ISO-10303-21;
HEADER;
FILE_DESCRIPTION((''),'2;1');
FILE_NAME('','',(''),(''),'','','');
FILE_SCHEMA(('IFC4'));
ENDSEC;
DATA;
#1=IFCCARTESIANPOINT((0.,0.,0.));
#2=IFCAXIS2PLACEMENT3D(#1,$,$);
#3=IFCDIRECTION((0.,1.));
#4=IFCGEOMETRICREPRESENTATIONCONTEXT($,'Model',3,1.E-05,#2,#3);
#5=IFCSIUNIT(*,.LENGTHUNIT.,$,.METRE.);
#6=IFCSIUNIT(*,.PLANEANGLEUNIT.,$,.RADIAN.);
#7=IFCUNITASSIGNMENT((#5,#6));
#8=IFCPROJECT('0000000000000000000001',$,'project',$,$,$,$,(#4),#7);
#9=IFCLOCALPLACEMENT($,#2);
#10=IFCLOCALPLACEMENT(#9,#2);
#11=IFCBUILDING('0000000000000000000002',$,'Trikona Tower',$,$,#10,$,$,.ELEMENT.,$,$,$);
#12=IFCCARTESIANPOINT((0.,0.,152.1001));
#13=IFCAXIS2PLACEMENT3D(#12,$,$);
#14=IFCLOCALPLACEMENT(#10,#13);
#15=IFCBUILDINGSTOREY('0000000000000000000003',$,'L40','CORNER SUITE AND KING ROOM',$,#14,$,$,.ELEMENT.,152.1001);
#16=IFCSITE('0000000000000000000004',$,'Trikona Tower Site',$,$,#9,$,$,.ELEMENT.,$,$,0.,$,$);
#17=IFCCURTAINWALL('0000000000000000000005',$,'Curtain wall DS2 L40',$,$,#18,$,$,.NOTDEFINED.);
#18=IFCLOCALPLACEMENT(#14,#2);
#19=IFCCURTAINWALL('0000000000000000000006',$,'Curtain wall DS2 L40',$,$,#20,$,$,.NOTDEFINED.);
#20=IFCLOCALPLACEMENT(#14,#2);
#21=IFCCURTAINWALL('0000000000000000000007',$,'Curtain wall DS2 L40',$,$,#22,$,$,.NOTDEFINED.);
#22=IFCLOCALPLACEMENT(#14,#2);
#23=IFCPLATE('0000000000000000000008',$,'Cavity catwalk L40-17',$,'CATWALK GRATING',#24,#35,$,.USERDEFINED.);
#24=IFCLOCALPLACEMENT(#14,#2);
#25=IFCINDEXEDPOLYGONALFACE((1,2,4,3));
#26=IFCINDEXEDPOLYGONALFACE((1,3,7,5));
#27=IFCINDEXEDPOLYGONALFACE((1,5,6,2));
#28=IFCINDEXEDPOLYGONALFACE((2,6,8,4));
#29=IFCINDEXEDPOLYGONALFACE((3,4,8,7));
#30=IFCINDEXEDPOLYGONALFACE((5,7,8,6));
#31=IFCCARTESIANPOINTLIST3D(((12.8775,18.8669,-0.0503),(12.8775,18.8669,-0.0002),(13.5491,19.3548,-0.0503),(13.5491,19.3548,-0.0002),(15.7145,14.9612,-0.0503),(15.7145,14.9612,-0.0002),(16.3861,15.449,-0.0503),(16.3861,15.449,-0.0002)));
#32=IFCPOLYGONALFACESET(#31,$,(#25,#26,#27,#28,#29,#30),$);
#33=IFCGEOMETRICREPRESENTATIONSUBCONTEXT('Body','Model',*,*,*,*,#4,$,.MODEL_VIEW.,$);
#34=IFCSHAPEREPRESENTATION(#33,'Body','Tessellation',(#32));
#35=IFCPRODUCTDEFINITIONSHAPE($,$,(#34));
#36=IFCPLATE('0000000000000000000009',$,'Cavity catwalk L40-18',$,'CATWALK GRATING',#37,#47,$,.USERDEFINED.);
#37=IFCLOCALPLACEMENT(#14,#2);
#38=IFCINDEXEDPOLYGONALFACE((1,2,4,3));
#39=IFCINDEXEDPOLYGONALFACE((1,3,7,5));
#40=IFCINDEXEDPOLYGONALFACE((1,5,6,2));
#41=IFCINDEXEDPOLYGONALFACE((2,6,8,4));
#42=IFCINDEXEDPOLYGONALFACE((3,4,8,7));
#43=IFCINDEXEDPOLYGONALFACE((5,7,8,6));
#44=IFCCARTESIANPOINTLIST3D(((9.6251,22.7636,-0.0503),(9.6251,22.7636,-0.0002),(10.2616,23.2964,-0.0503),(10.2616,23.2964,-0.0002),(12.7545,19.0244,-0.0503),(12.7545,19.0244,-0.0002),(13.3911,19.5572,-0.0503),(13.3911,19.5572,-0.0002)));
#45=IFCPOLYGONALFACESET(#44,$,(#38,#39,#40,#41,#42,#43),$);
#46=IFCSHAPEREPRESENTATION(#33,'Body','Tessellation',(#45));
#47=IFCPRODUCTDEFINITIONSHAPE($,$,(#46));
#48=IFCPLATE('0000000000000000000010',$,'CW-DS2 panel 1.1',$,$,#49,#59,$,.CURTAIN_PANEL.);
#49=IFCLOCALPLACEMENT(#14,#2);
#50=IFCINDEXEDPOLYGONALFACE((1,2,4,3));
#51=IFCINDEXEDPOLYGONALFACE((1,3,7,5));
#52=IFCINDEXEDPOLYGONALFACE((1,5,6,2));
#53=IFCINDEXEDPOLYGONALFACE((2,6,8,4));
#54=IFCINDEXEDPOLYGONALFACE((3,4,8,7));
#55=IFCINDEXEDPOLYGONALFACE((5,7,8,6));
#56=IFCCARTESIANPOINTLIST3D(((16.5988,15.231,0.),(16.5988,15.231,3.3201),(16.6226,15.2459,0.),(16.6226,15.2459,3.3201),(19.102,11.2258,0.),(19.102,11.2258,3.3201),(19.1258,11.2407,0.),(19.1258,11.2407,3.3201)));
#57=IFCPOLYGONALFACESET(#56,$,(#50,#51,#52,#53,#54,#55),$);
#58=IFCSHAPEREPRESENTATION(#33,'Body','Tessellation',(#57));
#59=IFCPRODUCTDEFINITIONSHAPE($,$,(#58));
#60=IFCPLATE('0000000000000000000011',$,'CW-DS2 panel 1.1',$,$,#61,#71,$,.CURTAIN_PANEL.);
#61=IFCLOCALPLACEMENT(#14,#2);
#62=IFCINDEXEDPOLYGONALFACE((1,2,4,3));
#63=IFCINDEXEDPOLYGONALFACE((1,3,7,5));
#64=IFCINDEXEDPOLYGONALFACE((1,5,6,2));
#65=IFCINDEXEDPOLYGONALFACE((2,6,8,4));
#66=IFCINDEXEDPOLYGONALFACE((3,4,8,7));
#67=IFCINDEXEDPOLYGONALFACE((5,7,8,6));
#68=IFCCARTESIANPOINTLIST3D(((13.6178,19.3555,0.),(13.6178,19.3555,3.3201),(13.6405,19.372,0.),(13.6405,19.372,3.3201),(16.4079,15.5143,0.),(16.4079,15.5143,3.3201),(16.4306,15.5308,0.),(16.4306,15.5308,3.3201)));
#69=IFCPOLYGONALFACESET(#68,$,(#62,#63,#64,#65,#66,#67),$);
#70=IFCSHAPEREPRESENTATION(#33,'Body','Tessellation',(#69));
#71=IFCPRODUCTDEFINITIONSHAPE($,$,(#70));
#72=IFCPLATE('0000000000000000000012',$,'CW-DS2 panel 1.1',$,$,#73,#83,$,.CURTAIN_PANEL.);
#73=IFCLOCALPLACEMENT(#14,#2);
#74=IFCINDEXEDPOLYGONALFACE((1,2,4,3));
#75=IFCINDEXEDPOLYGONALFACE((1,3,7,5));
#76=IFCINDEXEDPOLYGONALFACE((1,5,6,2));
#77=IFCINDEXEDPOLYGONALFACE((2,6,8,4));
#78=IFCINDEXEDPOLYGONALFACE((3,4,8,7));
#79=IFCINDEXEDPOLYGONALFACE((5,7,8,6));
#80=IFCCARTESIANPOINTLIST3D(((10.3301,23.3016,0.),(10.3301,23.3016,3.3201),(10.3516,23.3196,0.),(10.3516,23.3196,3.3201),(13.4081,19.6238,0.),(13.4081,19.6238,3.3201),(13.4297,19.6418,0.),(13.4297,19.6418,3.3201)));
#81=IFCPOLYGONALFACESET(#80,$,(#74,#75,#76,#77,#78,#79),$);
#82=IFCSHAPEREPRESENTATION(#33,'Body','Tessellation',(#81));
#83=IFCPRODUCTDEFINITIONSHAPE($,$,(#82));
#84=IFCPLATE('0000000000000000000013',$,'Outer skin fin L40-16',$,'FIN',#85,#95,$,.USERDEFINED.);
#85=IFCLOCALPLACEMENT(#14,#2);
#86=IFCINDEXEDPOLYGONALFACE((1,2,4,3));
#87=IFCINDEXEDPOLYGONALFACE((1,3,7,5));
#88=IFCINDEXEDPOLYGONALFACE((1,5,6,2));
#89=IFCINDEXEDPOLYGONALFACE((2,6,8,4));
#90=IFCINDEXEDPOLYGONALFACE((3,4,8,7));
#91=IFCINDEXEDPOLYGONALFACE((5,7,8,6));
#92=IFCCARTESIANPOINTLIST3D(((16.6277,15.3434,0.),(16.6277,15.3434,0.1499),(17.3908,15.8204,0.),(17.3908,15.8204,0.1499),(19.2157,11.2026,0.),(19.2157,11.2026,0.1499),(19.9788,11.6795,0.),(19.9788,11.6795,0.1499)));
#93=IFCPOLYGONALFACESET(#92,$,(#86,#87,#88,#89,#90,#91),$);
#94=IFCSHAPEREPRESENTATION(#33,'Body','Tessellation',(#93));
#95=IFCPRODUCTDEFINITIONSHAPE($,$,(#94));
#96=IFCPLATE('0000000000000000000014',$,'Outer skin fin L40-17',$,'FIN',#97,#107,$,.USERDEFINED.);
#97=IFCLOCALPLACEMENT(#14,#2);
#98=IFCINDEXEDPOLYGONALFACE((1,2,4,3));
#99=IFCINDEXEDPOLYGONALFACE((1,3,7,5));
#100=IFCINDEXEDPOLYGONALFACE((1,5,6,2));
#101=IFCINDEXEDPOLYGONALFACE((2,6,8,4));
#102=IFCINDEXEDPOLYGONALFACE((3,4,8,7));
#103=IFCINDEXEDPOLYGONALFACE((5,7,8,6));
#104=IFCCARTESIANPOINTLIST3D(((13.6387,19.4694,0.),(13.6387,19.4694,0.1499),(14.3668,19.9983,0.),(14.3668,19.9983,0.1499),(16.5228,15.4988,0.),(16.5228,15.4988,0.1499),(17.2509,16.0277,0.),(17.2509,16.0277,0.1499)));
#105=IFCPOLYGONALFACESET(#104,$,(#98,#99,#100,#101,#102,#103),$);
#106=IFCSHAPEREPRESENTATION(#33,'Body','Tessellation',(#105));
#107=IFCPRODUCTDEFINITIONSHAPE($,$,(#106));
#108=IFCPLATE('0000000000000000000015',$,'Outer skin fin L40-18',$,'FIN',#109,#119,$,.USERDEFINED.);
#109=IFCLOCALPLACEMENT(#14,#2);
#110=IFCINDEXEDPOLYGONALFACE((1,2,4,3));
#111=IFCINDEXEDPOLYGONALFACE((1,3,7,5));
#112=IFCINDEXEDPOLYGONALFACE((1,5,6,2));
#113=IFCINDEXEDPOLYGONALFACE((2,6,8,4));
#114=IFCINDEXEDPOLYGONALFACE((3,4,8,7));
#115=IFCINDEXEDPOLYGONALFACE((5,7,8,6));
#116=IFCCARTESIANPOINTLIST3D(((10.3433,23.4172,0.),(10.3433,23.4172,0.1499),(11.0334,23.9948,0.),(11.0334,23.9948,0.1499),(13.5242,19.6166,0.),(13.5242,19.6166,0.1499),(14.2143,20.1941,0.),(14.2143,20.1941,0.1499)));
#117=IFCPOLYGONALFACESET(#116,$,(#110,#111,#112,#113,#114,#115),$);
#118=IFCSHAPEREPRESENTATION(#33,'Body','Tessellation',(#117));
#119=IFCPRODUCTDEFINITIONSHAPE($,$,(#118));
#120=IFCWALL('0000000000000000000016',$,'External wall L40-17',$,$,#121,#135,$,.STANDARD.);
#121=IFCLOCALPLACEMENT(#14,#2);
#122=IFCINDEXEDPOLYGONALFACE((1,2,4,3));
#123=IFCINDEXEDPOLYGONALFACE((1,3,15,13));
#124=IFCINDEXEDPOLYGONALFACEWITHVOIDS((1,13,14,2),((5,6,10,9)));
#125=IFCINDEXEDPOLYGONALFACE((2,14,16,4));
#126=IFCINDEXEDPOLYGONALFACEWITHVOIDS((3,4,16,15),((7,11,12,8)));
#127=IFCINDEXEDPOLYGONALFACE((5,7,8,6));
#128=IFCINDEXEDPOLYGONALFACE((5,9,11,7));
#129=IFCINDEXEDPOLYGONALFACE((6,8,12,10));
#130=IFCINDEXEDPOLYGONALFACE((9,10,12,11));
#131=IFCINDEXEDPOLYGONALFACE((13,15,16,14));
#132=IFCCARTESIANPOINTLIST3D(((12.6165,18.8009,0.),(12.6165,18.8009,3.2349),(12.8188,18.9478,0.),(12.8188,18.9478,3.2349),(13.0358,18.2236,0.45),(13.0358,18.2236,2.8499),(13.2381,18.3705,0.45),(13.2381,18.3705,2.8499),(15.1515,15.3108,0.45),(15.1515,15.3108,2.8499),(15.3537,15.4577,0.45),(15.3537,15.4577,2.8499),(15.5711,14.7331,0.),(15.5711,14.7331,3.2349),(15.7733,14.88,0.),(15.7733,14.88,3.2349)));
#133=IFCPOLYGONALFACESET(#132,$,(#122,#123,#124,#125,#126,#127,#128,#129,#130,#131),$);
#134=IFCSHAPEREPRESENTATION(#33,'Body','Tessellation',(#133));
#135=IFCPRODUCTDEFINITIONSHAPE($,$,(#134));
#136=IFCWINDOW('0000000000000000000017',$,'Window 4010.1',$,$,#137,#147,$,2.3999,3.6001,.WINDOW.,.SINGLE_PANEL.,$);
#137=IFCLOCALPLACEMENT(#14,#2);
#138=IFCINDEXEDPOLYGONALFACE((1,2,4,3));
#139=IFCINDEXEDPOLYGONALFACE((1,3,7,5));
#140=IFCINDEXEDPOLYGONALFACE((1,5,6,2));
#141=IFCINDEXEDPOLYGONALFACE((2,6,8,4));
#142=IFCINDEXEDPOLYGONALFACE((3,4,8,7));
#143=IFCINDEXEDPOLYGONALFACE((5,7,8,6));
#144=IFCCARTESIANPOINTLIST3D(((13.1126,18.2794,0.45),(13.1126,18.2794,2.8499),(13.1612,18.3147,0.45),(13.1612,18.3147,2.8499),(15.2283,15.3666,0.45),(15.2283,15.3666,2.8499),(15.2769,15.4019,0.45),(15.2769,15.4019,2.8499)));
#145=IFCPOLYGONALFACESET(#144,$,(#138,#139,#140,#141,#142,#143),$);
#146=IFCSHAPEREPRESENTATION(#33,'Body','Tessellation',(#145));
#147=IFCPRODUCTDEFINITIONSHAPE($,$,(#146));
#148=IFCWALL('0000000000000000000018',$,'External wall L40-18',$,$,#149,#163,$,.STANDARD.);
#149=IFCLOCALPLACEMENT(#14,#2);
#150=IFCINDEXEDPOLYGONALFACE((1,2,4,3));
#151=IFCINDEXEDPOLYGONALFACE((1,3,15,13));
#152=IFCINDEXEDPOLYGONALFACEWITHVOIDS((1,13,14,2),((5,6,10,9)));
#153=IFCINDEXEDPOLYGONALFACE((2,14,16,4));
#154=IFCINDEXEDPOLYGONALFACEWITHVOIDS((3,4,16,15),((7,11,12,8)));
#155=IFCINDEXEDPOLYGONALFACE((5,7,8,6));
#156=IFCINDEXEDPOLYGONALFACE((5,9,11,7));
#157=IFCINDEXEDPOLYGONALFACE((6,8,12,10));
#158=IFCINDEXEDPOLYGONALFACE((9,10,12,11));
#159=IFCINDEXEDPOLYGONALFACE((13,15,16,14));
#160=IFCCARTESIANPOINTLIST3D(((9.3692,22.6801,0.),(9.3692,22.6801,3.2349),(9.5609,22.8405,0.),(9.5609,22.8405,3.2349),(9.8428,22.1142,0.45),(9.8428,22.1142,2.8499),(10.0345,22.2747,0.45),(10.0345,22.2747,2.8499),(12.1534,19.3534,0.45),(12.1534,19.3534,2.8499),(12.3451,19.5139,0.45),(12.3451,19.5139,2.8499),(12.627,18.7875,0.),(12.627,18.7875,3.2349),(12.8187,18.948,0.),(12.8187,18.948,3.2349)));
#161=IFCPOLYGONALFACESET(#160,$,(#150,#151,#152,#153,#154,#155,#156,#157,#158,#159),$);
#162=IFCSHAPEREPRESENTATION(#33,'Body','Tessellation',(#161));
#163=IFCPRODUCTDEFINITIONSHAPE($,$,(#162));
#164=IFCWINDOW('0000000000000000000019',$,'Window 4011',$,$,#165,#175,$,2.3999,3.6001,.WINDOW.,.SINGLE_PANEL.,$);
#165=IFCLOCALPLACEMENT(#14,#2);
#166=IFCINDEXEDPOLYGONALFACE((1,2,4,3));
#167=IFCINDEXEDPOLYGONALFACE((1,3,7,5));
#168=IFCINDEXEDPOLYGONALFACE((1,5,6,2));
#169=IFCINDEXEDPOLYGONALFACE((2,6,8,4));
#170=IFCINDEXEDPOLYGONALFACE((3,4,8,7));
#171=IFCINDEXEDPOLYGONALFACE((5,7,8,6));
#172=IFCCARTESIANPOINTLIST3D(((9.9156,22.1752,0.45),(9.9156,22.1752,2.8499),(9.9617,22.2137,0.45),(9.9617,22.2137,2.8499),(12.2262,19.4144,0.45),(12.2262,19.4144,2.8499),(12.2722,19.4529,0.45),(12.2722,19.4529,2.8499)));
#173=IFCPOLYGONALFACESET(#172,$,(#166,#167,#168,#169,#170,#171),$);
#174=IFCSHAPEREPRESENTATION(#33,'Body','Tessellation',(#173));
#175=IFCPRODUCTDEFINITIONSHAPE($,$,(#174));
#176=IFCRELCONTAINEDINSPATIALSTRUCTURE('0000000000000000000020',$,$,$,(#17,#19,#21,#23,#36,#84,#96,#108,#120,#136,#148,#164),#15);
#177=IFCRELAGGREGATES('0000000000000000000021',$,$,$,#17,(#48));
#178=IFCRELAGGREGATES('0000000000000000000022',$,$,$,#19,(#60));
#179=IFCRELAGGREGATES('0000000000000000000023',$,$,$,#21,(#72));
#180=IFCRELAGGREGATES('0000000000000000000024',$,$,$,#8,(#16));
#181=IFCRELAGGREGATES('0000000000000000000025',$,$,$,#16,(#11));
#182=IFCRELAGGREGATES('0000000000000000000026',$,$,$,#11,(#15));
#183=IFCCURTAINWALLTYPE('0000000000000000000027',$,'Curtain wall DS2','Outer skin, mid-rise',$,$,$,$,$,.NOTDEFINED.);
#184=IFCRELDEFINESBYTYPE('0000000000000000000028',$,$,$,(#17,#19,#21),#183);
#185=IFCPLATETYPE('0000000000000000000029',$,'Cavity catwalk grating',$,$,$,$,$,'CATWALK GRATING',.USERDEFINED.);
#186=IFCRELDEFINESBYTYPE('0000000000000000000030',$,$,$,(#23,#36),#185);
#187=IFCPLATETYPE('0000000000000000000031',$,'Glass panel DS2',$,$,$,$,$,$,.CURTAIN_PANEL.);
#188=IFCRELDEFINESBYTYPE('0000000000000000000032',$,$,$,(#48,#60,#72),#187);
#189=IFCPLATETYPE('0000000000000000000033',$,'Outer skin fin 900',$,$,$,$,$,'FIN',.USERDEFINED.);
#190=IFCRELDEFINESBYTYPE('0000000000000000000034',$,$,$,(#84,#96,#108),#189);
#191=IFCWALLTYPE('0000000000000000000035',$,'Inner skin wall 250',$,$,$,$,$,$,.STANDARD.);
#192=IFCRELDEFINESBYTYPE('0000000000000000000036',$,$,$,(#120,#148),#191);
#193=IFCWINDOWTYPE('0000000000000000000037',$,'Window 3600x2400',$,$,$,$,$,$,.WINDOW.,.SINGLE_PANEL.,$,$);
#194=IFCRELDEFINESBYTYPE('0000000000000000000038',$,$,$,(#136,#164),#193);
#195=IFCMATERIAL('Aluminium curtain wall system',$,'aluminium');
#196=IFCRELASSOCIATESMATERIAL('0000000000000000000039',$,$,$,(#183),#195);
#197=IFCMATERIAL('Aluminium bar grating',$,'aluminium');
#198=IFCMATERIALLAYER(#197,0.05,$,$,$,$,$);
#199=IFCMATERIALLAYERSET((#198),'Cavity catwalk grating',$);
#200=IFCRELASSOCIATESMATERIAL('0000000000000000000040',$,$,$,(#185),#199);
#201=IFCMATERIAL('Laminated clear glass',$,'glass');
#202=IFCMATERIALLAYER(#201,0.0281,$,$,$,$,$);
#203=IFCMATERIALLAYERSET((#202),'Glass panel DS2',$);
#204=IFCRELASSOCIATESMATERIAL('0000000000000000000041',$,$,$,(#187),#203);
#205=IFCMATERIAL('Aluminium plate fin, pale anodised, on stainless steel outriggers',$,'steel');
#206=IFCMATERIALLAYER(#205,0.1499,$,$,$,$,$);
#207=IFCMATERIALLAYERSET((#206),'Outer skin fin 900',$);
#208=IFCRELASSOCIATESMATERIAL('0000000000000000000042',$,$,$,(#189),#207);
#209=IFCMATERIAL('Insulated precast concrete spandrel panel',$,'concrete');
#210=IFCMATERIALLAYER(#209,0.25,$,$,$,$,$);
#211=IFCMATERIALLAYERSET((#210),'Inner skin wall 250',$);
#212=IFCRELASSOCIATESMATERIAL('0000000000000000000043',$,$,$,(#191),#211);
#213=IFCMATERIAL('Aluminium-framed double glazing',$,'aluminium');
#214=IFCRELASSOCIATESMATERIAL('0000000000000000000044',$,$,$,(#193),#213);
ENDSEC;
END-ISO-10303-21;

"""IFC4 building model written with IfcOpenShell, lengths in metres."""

from ifc_helpers import new_model, si_unit, direction, frame, frame_2d, origin, origin_2d, place, context, subcontext, project, spatial, rectangle, extrude, material, layer, layer_set, type_object, element, fill, aggregate, save


model = new_model("IFC4")

# Units and contexts
model_context = context("Model", 3, precision=1e-05, world=origin(), true_north=direction((0.0, 1.0)))
body_context = subcontext(model_context, "Body", "Model", "MODEL_VIEW")
ifc_project = project(units=[si_unit("LENGTHUNIT", "METRE"), si_unit("PLANEANGLEUNIT", "RADIAN")], contexts=[model_context])

# Site, building, storey
site_placement = place(None, origin())
site = spatial("IfcSite", under=ifc_project, at=site_placement, Name="Trikona Tower Site", CompositionType="ELEMENT", RefElevation=0.0)
building_placement = place(site_placement, origin())
building = spatial("IfcBuilding", under=site, at=building_placement, Name="Trikona Tower", CompositionType="ELEMENT")
storey_placement = place(building_placement, frame((0.0, 0.0, 152.1001)))
storey = spatial("IfcBuildingStorey", under=building, at=storey_placement, Name="L40", Description="CORNER SUITE AND KING ROOM", CompositionType="ELEMENT", Elevation=152.1001)

# Curtain wall
ifc_material_1 = material(Name="Aluminium curtain wall system", Category="aluminium")
curtain_wall_type = type_object("IfcCurtainWallType", Name="Curtain wall DS2", Description="Outer skin, mid-rise", PredefinedType="NOTDEFINED", material=ifc_material_1)
curtain_wall_1_placement = place(storey_placement, origin())
curtain_wall_1 = element("IfcCurtainWall", 1, at=curtain_wall_1_placement, inside=storey, type_object=curtain_wall_type, Name="Curtain wall DS2 L40", PredefinedType="NOTDEFINED")

# Curtain walls
curtain_wall_2_placement = place(storey_placement, origin())
curtain_wall_2 = element("IfcCurtainWall", 2, at=curtain_wall_2_placement, inside=storey, type_object=curtain_wall_type, Name="Curtain wall DS2 L40", PredefinedType="NOTDEFINED")
curtain_wall_3_placement = place(storey_placement, origin())
curtain_wall_3 = element("IfcCurtainWall", 3, at=curtain_wall_3_placement, inside=storey, type_object=curtain_wall_type, Name="Curtain wall DS2 L40", PredefinedType="NOTDEFINED")

# Plates
ifc_material_2 = material(Name="Aluminium bar grating", Category="aluminium")
ifc_layer_1 = layer(ifc_material_2, 0.05)
ifc_layer_set_1 = layer_set([ifc_layer_1], Name="Cavity catwalk grating")
plate_type_1 = type_object("IfcPlateType", Name="Cavity catwalk grating", ElementType="CATWALK GRATING", PredefinedType="USERDEFINED", material=ifc_layer_set_1)
plate_1_placement = place(storey_placement, frame((14.6318, 17.158, -0.0503), z_axis=(0.0, 0.0, 1.0), x_axis=(-0.587686, 0.809089, 0.0)))
element("IfcPlate", 4, at=plate_1_placement, inside=storey, type_object=plate_type_1, Name="Cavity catwalk L40-17", ObjectType="CATWALK GRATING", PredefinedType="USERDEFINED", context=body_context, shape_type="SweptSolid", body=[
    extrude(rectangle(XDim=4.8274, YDim=0.8301, at=origin_2d()), origin(), (0.0, 0.0, 1.0), 0.05),
])
plate_2_placement = place(storey_placement, frame((11.5081, 21.1604, -0.0503), z_axis=(0.0, 0.0, 1.0), x_axis=(-0.641807, 0.766866, 0.0)))
element("IfcPlate", 5, at=plate_2_placement, inside=storey, type_object=plate_type_1, Name="Cavity catwalk L40-18", ObjectType="CATWALK GRATING", PredefinedType="USERDEFINED", context=body_context, shape_type="SweptSolid", body=[
    extrude(rectangle(XDim=4.876, YDim=0.8301, at=origin_2d()), origin(), (0.0, 0.0, 1.0), 0.05),
])

# Plates
ifc_material_3 = material(Name="Laminated clear glass", Category="glass")
ifc_layer_2 = layer(ifc_material_3, 0.0281)
ifc_layer_set_2 = layer_set([ifc_layer_2], Name="Glass panel DS2")
plate_type_2 = type_object("IfcPlateType", Name="Glass panel DS2", PredefinedType="CURTAIN_PANEL", material=ifc_layer_set_2)
plate_3_placement = place(storey_placement, frame((17.8623, 13.2358, 0.0), z_axis=(0.0, 0.0, 1.0), x_axis=(-0.529999, 0.847998, 0.0)))
plate_3 = element("IfcPlate", 6, at=plate_3_placement, type_object=plate_type_2, Name="CW-DS2 panel 1.1", PredefinedType="CURTAIN_PANEL", context=body_context, shape_type="SweptSolid", body=[
    extrude(rectangle(XDim=4.7231, YDim=0.0281, at=origin_2d()), origin(), (0.0, 0.0, 1.0), 3.3201),
])
aggregate(curtain_wall_1, [plate_3])
plate_4_placement = place(storey_placement, frame((15.0242, 17.4431, 0.0), z_axis=(0.0, 0.0, 1.0), x_axis=(-0.587691, 0.809086, 0.0)))
plate_4 = element("IfcPlate", 7, at=plate_4_placement, type_object=plate_type_2, Name="CW-DS2 panel 1.1", PredefinedType="CURTAIN_PANEL", context=body_context, shape_type="SweptSolid", body=[
    extrude(rectangle(XDim=4.7476, YDim=0.0281, at=origin_2d()), origin(), (0.0, 0.0, 1.0), 3.3201),
])
aggregate(curtain_wall_2, [plate_4])
plate_5_placement = place(storey_placement, frame((11.8799, 21.4717, 0.0), z_axis=(0.0, 0.0, 1.0), x_axis=(-0.641806, 0.766867, 0.0)))
plate_5 = element("IfcPlate", 8, at=plate_5_placement, type_object=plate_type_2, Name="CW-DS2 panel 1.1", PredefinedType="CURTAIN_PANEL", context=body_context, shape_type="SweptSolid", body=[
    extrude(rectangle(XDim=4.7959, YDim=0.0281, at=origin_2d()), origin(), (0.0, 0.0, 1.0), 3.3201),
])
aggregate(curtain_wall_3, [plate_5])

# Plates
ifc_material_4 = material(Name="Aluminium plate fin, pale anodised, on stainless steel outriggers", Category="steel")
ifc_layer_3 = layer(ifc_material_4, 0.1499)
ifc_layer_set_3 = layer_set([ifc_layer_3], Name="Outer skin fin 900")
plate_type_3 = type_object("IfcPlateType", Name="Outer skin fin 900", ElementType="FIN", PredefinedType="USERDEFINED", material=ifc_layer_set_3)
plate_6_placement = place(storey_placement, frame((18.3032, 13.5115, 0.0), z_axis=(0.0, 0.0, 1.0), x_axis=(-0.529995, 0.848001, 0.0)))
element("IfcPlate", 9, at=plate_6_placement, inside=storey, type_object=plate_type_3, Name="Outer skin fin L40-16", ObjectType="FIN", PredefinedType="USERDEFINED", context=body_context, shape_type="SweptSolid", body=[
    extrude(rectangle(XDim=4.8831, YDim=0.8999, at=origin_2d()), origin(), (0.0, 0.0, 1.0), 0.1499),
])
plate_7_placement = place(storey_placement, frame((15.4448, 17.7485, 0.0), z_axis=(0.0, 0.0, 1.0), x_axis=(-0.587686, 0.809089, 0.0)))
element("IfcPlate", 10, at=plate_7_placement, inside=storey, type_object=plate_type_3, Name="Outer skin fin L40-17", ObjectType="FIN", PredefinedType="USERDEFINED", context=body_context, shape_type="SweptSolid", body=[
    extrude(rectangle(XDim=4.9075, YDim=0.8999, at=origin_2d()), origin(), (0.0, 0.0, 1.0), 0.1499),
])
plate_8_placement = place(storey_placement, frame((12.2788, 21.8057, 0.0), z_axis=(0.0, 0.0, 1.0), x_axis=(-0.641807, 0.766866, 0.0)))
element("IfcPlate", 11, at=plate_8_placement, inside=storey, type_object=plate_type_3, Name="Outer skin fin L40-18", ObjectType="FIN", PredefinedType="USERDEFINED", context=body_context, shape_type="SweptSolid", body=[
    extrude(rectangle(XDim=4.9561, YDim=0.8999, at=origin_2d()), origin(), (0.0, 0.0, 1.0), 0.1499),
])

# Walls, openings, windows
ifc_material_5 = material(Name="Insulated precast concrete spandrel panel", Category="concrete")
ifc_layer_4 = layer(ifc_material_5, 0.25)
ifc_layer_set_4 = layer_set([ifc_layer_4], Name="Inner skin wall 250")
wall_type = type_object("IfcWallType", Name="Inner skin wall 250", PredefinedType="STANDARD", material=ifc_layer_set_4)
wall_1_placement = place(storey_placement, frame((15.6721, 14.8066, 0.0), z_axis=(0.0, 0.0, 1.0), x_axis=(-0.587669, 0.809101, 0.0)))
wall_1 = element("IfcWall", 12, at=wall_1_placement, inside=storey, type_object=wall_type, Name="External wall L40-17", PredefinedType="STANDARD", context=body_context, shape_type="SweptSolid", body=[
    extrude(rectangle(XDim=5.0276, YDim=0.25, at=frame_2d((2.5137, 0.0))), origin(), (0.0, 0.0, 1.0), 3.2349),
])
opening_1_placement = place(wall_1_placement, frame((0.7139, 0.0, 0.45)))
opening_1 = element("IfcOpeningElement", 13, at=opening_1_placement, cuts=wall_1, PredefinedType="OPENING", context=body_context, shape_type="SweptSolid", body=[
    extrude(rectangle(XDim=3.6001, YDim=2.3999, at=frame_2d((1.8, 1.2))), frame((0.0, 0.135, 0.0), z_axis=(0.0, -1.0, 0.0), x_axis=(1.0, 0.0, 0.0)), (0.0, 0.0, 1.0), 0.27),
])
ifc_material_6 = material(Name="Aluminium-framed double glazing", Category="aluminium")
window_type = type_object("IfcWindowType", Name="Window 3600x2400", PartitioningType="SINGLE_PANEL", PredefinedType="WINDOW", material=ifc_material_6)
window_1_placement = place(opening_1_placement, origin())
window_1 = element("IfcWindow", 14, at=window_1_placement, inside=storey, type_object=window_type, Name="Window 4010.1", OverallHeight=2.3999, OverallWidth=3.6001, PartitioningType="SINGLE_PANEL", PredefinedType="WINDOW", context=body_context, shape_type="SweptSolid", body=[
    extrude(rectangle(XDim=3.6001, YDim=2.3999, at=frame_2d((1.8, 1.2))), frame((0.0, 0.03, 0.0), z_axis=(0.0, -1.0, 0.0), x_axis=(1.0, 0.0, 0.0)), (0.0, 0.0, 1.0), 0.0601),
])
fill(opening_1, window_1)
wall_2_placement = place(storey_placement, frame((12.7229, 18.8677, 0.0), z_axis=(0.0, 0.0, 1.0), x_axis=(-0.64181, 0.766863, 0.0)))
wall_2 = element("IfcWall", 15, at=wall_2_placement, inside=storey, type_object=wall_type, Name="External wall L40-18", PredefinedType="STANDARD", context=body_context, shape_type="SweptSolid", body=[
    extrude(rectangle(XDim=5.0759, YDim=0.25, at=frame_2d((2.5381, 0.0))), origin(), (0.0, 0.0, 1.0), 3.2349),
])
opening_2_placement = place(wall_2_placement, frame((0.738, 0.0, 0.45)))
opening_2 = element("IfcOpeningElement", 16, at=opening_2_placement, cuts=wall_2, PredefinedType="OPENING", context=body_context, shape_type="SweptSolid", body=[
    extrude(rectangle(XDim=3.6001, YDim=2.3999, at=frame_2d((1.8, 1.2))), frame((0.0, 0.135, 0.0), z_axis=(0.0, -1.0, 0.0), x_axis=(1.0, 0.0, 0.0)), (0.0, 0.0, 1.0), 0.27),
])
window_2_placement = place(opening_2_placement, origin())
window_2 = element("IfcWindow", 17, at=window_2_placement, inside=storey, type_object=window_type, Name="Window 4011", OverallHeight=2.3999, OverallWidth=3.6001, PartitioningType="SINGLE_PANEL", PredefinedType="WINDOW", context=body_context, shape_type="SweptSolid", body=[
    extrude(rectangle(XDim=3.6001, YDim=2.3999, at=frame_2d((1.8, 1.2))), frame((0.0, 0.03, 0.0), z_axis=(0.0, -1.0, 0.0), x_axis=(1.0, 0.0, 0.0)), (0.0, 0.0, 1.0), 0.0601),
])
fill(opening_2, window_2)

save(model, "model.ifc")
